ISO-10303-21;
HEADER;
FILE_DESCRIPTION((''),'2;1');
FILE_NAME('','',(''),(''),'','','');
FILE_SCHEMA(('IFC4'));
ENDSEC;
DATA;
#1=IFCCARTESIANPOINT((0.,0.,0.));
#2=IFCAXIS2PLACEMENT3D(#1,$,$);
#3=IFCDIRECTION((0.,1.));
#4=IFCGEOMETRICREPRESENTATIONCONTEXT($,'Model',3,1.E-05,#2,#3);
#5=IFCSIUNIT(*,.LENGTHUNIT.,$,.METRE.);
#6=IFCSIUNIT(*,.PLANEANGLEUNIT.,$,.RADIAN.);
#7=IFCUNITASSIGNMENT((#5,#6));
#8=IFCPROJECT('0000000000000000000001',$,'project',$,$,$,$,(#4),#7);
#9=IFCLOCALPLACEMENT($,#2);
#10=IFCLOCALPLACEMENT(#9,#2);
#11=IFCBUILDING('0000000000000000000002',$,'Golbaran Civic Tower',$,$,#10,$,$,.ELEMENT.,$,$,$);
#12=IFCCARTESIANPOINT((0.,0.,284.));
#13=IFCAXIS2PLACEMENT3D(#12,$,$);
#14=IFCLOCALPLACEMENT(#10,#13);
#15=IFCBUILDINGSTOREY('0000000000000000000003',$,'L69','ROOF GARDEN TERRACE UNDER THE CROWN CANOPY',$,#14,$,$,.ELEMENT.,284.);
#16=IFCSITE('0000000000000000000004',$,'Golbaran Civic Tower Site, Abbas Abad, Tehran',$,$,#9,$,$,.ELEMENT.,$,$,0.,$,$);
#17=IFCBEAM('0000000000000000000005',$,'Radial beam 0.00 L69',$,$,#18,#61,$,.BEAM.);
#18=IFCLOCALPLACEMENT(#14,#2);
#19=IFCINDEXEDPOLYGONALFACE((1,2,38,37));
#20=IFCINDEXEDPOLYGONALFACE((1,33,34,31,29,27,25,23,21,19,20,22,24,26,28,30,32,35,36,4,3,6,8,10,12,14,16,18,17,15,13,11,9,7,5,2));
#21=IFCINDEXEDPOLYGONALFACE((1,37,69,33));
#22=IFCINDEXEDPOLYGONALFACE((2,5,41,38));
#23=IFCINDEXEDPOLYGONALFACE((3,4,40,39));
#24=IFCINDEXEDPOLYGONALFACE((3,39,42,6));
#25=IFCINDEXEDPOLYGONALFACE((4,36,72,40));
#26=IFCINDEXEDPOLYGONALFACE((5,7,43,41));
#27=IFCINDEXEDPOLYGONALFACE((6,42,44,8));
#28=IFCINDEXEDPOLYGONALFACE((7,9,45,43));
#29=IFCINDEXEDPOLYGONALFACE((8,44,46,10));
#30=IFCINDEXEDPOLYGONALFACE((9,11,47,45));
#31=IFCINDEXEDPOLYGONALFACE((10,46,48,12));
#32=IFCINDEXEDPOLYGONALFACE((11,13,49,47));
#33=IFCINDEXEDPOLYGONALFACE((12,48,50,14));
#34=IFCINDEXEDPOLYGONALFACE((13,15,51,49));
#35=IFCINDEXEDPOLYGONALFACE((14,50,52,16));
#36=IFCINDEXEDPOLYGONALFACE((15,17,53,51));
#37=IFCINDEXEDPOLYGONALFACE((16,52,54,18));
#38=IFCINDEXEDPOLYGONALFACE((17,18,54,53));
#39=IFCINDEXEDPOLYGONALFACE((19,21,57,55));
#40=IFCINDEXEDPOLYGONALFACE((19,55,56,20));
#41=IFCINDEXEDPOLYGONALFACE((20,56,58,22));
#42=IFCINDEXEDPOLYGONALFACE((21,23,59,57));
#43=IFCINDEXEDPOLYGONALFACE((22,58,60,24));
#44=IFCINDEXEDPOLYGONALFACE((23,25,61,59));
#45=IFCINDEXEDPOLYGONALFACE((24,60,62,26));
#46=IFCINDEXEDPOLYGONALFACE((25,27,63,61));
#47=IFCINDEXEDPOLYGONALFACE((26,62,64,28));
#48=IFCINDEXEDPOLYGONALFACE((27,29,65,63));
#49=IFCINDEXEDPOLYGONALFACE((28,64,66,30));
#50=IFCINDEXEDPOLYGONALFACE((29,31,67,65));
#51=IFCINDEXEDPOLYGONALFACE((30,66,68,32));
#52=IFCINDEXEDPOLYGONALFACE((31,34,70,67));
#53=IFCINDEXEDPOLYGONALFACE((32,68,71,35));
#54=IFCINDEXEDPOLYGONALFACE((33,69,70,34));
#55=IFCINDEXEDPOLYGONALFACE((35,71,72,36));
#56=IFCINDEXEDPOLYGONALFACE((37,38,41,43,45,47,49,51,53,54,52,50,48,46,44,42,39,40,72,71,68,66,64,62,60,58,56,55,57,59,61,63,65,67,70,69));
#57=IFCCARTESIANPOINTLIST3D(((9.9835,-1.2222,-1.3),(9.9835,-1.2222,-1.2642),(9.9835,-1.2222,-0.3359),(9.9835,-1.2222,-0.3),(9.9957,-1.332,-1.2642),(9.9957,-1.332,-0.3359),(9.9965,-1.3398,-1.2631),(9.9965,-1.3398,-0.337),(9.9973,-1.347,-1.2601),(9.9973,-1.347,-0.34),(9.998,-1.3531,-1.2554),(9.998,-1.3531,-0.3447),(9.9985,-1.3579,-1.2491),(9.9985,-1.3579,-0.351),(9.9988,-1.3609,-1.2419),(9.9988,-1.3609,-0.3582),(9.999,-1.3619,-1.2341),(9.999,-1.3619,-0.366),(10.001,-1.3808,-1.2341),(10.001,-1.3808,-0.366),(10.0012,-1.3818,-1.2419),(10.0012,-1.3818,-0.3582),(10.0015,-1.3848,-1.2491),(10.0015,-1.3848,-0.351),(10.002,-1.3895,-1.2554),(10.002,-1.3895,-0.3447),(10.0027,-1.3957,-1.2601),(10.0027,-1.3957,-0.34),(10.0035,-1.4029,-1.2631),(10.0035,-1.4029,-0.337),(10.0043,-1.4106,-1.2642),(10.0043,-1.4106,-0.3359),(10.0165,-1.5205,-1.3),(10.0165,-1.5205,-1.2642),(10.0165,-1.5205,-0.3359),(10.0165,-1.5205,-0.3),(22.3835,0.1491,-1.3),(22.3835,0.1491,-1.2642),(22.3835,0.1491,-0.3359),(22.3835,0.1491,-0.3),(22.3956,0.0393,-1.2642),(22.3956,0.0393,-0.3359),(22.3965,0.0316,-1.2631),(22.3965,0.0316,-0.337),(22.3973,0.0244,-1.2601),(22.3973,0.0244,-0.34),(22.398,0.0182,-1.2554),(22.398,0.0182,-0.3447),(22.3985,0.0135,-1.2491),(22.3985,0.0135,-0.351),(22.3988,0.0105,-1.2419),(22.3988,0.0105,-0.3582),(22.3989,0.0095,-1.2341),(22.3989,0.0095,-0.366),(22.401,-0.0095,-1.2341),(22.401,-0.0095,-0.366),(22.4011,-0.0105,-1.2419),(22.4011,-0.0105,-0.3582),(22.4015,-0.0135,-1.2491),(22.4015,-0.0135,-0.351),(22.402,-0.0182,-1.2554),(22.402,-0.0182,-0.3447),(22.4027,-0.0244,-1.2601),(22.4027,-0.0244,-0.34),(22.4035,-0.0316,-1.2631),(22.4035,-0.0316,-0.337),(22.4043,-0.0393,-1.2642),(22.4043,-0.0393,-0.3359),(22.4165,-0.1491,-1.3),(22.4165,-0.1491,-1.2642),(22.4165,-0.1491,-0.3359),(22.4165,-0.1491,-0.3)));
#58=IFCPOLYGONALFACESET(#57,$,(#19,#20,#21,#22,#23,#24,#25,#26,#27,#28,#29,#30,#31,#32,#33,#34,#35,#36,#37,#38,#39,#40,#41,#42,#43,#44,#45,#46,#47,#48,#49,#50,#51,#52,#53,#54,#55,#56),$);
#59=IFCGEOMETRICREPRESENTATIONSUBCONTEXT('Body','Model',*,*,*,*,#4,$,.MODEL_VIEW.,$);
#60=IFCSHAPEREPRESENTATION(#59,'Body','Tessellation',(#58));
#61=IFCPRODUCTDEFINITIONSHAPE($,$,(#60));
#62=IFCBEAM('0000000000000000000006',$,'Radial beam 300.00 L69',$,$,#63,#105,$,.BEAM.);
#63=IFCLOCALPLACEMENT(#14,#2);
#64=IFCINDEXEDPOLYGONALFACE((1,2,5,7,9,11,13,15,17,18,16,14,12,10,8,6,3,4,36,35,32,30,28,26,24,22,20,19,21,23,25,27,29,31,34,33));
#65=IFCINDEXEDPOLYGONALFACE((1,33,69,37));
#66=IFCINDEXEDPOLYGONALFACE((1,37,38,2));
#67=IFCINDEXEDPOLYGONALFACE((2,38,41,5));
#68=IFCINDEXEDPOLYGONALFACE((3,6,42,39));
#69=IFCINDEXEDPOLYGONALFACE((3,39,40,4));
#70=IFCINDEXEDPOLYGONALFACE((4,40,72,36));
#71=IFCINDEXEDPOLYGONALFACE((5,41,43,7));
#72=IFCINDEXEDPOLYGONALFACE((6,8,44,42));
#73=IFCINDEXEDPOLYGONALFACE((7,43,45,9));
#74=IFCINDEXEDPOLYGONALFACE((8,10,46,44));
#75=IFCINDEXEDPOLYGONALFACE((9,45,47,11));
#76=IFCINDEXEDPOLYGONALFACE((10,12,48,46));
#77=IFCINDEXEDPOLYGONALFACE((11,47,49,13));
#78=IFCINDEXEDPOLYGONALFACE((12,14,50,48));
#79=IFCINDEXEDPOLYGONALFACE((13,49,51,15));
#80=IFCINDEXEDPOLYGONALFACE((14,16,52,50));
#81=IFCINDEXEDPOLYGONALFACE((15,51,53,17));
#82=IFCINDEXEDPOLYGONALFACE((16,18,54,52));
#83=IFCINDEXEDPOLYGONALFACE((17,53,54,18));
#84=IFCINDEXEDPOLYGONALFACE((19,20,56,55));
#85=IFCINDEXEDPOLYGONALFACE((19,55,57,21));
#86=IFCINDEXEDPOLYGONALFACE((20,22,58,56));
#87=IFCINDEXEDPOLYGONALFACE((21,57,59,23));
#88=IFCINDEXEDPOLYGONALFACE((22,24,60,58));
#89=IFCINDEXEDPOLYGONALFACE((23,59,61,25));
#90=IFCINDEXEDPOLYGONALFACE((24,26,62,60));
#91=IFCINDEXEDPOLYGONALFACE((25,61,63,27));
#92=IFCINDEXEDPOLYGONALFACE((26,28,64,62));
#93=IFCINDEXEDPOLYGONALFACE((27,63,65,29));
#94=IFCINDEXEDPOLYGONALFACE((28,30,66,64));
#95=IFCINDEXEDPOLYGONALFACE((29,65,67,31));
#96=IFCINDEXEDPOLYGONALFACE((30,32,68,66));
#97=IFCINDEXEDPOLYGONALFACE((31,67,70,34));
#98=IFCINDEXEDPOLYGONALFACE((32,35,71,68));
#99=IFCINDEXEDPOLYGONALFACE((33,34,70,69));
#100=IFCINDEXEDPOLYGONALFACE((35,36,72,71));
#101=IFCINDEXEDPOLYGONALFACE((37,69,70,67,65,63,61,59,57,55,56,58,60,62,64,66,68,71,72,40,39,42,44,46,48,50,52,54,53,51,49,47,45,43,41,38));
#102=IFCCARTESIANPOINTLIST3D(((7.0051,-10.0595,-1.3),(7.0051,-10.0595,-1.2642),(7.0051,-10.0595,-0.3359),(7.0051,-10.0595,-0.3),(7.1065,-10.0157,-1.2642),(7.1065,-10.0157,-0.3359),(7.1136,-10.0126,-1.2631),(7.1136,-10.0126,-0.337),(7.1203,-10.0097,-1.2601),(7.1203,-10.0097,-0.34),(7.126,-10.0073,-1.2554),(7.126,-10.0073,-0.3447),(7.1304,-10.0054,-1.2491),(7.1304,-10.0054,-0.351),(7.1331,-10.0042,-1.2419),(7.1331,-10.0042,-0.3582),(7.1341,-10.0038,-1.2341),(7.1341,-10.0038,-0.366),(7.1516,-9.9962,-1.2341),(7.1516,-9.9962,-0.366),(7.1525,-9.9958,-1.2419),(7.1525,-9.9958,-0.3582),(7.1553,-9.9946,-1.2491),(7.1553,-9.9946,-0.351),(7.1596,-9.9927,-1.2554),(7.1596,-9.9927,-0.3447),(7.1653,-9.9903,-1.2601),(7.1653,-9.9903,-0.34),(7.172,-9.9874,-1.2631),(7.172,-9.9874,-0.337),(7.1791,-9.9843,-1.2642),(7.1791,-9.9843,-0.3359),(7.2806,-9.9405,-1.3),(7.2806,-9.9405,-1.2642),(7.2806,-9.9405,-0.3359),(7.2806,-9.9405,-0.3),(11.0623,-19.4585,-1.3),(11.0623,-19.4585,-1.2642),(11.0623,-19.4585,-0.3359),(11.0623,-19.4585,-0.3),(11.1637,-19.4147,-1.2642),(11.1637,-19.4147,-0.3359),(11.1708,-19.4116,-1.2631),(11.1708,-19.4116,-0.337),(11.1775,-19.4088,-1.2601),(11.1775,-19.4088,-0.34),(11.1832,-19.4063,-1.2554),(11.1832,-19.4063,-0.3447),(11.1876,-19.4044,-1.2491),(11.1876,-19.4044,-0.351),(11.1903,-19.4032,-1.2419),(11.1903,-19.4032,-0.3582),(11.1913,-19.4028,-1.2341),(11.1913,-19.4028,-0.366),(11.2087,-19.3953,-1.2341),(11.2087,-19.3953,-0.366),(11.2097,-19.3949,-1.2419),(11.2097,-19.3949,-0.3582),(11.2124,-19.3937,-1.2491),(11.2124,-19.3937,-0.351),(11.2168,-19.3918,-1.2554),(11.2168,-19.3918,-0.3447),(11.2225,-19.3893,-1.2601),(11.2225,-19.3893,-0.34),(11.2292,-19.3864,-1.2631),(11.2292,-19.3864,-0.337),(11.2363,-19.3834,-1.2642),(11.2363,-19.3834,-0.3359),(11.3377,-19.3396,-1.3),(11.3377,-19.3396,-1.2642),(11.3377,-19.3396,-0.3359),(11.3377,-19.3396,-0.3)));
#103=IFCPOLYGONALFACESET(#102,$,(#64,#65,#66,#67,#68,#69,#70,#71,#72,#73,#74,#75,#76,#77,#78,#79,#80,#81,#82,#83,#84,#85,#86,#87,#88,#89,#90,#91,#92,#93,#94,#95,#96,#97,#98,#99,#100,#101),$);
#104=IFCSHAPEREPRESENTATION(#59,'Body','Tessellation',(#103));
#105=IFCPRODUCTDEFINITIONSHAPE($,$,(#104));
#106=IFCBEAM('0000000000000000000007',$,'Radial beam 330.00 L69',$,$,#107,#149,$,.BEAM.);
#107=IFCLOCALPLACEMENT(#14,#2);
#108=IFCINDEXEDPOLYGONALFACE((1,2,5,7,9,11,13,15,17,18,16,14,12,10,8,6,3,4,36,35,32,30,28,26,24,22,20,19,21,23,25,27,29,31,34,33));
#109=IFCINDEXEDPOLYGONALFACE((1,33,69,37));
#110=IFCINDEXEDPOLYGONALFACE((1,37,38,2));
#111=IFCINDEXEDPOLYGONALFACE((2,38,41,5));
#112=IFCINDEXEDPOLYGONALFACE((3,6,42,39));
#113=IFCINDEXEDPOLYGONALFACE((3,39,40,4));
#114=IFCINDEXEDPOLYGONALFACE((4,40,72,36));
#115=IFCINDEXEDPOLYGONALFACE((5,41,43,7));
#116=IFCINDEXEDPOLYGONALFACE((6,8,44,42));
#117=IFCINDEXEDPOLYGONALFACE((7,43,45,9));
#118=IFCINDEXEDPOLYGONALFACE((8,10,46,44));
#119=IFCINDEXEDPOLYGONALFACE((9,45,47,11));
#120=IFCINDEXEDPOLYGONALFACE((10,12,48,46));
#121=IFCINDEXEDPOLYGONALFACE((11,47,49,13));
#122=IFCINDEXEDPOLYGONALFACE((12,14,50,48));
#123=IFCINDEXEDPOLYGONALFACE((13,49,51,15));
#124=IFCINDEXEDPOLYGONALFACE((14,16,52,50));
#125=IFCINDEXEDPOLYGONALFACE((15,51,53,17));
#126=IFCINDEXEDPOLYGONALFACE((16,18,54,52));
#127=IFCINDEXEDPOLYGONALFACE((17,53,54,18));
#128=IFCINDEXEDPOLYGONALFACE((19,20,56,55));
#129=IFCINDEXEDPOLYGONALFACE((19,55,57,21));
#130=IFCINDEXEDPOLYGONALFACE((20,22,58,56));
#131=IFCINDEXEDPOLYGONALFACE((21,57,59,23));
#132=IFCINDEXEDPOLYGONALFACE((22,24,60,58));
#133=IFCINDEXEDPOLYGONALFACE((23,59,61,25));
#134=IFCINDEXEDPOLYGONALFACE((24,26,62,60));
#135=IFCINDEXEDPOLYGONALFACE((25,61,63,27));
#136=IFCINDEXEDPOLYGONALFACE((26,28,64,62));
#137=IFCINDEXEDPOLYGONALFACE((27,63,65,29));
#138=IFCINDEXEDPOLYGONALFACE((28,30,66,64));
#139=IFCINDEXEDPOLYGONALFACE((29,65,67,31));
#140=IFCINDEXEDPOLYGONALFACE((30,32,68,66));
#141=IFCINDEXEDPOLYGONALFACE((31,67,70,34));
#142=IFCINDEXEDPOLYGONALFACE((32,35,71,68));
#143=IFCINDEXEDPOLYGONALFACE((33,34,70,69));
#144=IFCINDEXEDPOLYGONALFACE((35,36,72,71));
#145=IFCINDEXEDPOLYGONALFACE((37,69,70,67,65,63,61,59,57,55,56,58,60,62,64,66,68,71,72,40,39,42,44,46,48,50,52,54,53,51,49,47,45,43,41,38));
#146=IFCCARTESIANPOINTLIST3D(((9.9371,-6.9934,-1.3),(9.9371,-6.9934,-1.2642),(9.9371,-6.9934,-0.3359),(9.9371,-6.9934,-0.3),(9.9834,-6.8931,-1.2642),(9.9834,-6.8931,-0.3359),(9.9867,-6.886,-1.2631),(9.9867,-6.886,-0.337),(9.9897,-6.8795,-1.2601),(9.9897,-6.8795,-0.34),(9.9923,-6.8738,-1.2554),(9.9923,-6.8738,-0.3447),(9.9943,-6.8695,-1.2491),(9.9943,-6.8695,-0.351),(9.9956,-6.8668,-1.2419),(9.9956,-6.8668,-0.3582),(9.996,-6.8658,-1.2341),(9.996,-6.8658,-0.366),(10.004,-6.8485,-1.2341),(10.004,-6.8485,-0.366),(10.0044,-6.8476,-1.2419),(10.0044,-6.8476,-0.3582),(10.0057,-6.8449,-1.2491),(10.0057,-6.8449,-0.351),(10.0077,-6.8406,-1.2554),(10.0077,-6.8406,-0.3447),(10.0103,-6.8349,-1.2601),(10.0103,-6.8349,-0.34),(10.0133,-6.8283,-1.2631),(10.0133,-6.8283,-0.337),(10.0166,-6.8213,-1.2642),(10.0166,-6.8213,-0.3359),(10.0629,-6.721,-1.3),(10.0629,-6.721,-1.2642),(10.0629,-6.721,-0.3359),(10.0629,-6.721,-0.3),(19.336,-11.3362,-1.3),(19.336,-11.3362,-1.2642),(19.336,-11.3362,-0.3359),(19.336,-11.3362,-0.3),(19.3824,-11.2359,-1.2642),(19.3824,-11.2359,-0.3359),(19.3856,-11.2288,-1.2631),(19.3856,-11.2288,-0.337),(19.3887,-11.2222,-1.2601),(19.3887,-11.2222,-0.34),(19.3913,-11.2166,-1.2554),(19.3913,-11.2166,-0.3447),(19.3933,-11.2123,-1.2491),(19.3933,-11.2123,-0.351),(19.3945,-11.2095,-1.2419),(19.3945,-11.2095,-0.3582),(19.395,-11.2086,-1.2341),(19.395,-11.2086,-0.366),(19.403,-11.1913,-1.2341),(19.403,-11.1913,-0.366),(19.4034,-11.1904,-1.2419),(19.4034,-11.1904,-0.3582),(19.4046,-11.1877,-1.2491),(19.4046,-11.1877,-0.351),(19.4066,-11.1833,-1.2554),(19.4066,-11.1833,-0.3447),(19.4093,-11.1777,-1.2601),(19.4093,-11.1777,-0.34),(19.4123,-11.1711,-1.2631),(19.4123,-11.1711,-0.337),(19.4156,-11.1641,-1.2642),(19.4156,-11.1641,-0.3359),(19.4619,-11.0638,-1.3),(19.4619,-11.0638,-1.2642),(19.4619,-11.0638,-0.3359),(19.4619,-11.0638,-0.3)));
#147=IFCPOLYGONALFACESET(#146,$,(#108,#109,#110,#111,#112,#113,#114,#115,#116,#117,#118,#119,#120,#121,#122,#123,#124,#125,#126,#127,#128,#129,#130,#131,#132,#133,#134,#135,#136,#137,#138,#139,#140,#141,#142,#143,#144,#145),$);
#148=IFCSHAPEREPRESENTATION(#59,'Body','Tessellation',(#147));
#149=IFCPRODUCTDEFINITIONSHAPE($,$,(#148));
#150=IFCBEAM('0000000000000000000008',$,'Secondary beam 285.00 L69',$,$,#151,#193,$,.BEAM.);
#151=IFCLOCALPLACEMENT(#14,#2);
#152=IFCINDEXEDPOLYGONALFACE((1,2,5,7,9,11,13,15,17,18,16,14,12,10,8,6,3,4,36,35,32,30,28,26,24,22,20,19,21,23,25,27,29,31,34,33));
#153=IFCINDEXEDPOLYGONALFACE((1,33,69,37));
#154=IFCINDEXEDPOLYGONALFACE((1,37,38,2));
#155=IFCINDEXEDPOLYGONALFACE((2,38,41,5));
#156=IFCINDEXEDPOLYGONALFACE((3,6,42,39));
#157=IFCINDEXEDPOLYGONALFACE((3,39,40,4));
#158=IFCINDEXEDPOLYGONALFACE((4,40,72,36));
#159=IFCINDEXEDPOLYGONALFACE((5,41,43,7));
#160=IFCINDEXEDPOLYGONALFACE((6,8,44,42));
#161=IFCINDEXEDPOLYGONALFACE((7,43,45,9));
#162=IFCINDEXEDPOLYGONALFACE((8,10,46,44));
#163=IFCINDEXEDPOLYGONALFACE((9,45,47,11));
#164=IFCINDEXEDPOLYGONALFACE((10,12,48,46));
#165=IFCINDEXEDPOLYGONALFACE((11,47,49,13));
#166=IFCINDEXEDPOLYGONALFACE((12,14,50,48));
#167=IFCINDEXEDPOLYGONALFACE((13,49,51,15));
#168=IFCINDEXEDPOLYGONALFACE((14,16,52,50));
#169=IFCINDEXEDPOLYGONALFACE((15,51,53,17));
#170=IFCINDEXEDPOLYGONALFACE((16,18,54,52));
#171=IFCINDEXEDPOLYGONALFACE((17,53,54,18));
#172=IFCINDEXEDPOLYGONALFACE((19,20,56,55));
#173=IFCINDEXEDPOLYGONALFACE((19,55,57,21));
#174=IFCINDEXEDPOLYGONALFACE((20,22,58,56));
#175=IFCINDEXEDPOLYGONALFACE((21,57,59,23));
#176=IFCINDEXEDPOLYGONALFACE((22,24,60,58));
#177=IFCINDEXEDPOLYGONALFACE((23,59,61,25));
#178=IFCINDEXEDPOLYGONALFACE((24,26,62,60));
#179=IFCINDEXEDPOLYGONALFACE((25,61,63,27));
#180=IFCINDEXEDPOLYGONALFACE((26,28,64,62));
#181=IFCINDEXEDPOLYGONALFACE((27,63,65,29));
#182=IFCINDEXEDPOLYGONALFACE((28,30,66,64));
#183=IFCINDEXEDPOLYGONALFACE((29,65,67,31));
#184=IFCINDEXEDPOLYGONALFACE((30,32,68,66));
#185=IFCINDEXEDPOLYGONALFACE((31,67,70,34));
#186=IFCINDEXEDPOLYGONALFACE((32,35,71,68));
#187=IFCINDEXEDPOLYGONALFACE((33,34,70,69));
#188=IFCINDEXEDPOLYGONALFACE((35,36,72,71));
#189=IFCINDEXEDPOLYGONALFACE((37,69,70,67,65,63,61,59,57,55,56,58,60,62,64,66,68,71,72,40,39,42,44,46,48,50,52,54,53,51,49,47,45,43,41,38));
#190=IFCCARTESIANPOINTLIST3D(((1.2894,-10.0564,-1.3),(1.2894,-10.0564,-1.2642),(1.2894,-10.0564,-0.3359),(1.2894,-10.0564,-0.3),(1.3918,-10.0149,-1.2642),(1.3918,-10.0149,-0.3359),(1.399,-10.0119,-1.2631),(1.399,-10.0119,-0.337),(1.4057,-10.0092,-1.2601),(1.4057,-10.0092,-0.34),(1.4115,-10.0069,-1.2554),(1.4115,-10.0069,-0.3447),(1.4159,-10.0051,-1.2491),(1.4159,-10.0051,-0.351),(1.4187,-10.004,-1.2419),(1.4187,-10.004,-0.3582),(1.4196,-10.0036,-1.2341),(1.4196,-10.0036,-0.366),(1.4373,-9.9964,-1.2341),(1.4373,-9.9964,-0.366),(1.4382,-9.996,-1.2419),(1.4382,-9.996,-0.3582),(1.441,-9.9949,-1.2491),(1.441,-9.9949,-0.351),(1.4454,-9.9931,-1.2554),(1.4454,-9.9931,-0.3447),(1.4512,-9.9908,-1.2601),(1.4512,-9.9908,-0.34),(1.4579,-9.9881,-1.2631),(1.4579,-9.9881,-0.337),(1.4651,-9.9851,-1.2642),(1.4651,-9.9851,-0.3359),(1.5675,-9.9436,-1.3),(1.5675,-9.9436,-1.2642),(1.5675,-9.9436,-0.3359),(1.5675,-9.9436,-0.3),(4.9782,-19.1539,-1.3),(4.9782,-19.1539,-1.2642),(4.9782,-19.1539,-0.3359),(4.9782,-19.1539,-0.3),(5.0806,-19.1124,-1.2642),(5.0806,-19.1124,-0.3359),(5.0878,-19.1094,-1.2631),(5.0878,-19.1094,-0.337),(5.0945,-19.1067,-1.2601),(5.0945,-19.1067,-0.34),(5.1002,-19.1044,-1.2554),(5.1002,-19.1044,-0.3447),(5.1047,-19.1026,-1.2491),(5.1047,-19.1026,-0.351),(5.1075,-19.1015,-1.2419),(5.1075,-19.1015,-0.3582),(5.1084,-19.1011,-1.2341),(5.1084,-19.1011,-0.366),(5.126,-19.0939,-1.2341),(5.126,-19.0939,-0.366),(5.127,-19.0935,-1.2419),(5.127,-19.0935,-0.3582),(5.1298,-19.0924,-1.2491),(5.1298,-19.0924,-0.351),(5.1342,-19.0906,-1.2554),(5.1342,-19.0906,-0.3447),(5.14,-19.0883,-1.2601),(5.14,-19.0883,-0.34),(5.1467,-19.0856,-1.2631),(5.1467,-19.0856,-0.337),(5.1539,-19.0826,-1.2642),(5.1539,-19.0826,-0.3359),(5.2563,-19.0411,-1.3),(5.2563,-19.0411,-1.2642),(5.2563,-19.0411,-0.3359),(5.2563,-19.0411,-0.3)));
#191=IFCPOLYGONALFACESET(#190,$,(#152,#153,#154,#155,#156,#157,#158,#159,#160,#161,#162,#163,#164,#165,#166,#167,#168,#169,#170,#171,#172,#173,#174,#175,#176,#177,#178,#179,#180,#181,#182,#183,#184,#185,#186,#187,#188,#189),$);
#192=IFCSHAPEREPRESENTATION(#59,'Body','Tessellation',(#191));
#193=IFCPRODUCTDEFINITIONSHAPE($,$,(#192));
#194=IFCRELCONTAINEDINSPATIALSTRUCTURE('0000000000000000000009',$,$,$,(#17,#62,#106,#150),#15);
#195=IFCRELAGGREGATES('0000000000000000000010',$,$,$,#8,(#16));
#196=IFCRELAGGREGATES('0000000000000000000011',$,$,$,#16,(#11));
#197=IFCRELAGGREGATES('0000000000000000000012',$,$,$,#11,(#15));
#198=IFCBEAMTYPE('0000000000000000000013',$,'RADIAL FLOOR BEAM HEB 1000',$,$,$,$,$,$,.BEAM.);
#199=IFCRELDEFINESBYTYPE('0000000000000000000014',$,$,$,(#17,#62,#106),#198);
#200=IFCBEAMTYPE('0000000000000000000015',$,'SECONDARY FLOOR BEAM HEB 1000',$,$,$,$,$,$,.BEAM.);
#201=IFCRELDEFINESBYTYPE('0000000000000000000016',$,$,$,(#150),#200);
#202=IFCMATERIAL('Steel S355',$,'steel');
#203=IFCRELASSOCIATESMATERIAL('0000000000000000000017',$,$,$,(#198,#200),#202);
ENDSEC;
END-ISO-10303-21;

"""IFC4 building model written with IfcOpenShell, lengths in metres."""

from ifc_helpers import new_model, si_unit, direction, frame, origin, origin_2d, place, context, subcontext, project, spatial, i_section, extrude, material, material_profile, profile_set, type_object, element, save


model = new_model("IFC4")

# Units and contexts
model_context = context("Model", 3, precision=1e-05, world=origin(), true_north=direction((0.0, 1.0)))
body_context = subcontext(model_context, "Body", "Model", "MODEL_VIEW")
ifc_project = project(units=[si_unit("LENGTHUNIT", "METRE"), si_unit("PLANEANGLEUNIT", "RADIAN")], contexts=[model_context])

# Site, building, storey
site_placement = place(None, origin())
site = spatial("IfcSite", under=ifc_project, at=site_placement, Name="Golbaran Civic Tower Site, Abbas Abad, Tehran", CompositionType="ELEMENT", RefElevation=0.0)
building_placement = place(site_placement, origin())
building = spatial("IfcBuilding", under=site, at=building_placement, Name="Golbaran Civic Tower", CompositionType="ELEMENT")
storey_placement = place(building_placement, frame((0.0, 0.0, 284.0)))
storey = spatial("IfcBuildingStorey", under=building, at=storey_placement, Name="L69", Description="ROOF GARDEN TERRACE UNDER THE CROWN CANOPY", CompositionType="ELEMENT", Elevation=284.0)

# Shared definitions
ifc_material_1 = material(Name="Steel S355", Category="steel")

# Beams
ifc_material_profile_1 = material_profile(ifc_material_1, i_section(OverallWidth=0.3, OverallDepth=1.0, WebThickness=0.019, FlangeThickness=0.0359, FilletRadius=0.03, at=origin_2d()), Name="HEB 1000")
ifc_profile_set_1 = profile_set([ifc_material_profile_1], Name="Steel S355")
beam_type_1 = type_object("IfcBeamType", Name="RADIAL FLOOR BEAM HEB 1000", PredefinedType="BEAM", material=ifc_profile_set_1)
beam_1_placement = place(storey_placement, frame((10.0, -1.3713, -0.8), z_axis=(0.99394, 0.109922, 0.0), x_axis=(-0.109922, 0.99394, 0.0)))
element("IfcBeam", 1, at=beam_1_placement, inside=storey, type_object=beam_type_1, Name="Radial beam 0.00 L69", PredefinedType="BEAM", context=body_context, shape_type="SweptSolid", body=[
    extrude(i_section(OverallWidth=0.3, OverallDepth=1.0, WebThickness=0.019, FlangeThickness=0.0359, FilletRadius=0.03, at=origin_2d()), origin(), (0.0, 0.0, 1.0), 12.4756),
])
beam_2_placement = place(storey_placement, frame((7.1428, -10.0, -0.8), z_axis=(0.396313, -0.918116, 0.0), x_axis=(0.918116, 0.396313, 0.0)))
element("IfcBeam", 2, at=beam_2_placement, inside=storey, type_object=beam_type_1, Name="Radial beam 300.00 L69", PredefinedType="BEAM", context=body_context, shape_type="SweptSolid", body=[
    extrude(i_section(OverallWidth=0.3, OverallDepth=1.0, WebThickness=0.019, FlangeThickness=0.0359, FilletRadius=0.03, at=origin_2d()), origin(), (0.0, 0.0, 1.0), 10.2373),
])
beam_3_placement = place(storey_placement, frame((10.0, -6.8572, -0.8), z_axis=(0.907783, -0.419441, 0.0), x_axis=(0.419441, 0.907783, 0.0)))
element("IfcBeam", 3, at=beam_3_placement, inside=storey, type_object=beam_type_1, Name="Radial beam 330.00 L69", PredefinedType="BEAM", context=body_context, shape_type="SweptSolid", body=[
    extrude(i_section(OverallWidth=0.3, OverallDepth=1.0, WebThickness=0.019, FlangeThickness=0.0359, FilletRadius=0.03, at=origin_2d()), origin(), (0.0, 0.0, 1.0), 10.3538),
])
ifc_material_profile_2 = material_profile(ifc_material_1, i_section(OverallWidth=0.3, OverallDepth=1.0, WebThickness=0.019, FlangeThickness=0.0359, FilletRadius=0.03, at=origin_2d()), Name="HEB 1000")
ifc_profile_set_2 = profile_set([ifc_material_profile_2], Name="Steel S355")
beam_type_2 = type_object("IfcBeamType", Name="SECONDARY FLOOR BEAM HEB 1000", PredefinedType="BEAM", material=ifc_profile_set_2)
beam_4_placement = place(storey_placement, frame((1.4285, -10.0, -0.8), z_axis=(0.375756, -0.926719, 0.0), x_axis=(0.926719, 0.375756, 0.0)))
element("IfcBeam", 4, at=beam_4_placement, inside=storey, type_object=beam_type_2, Name="Secondary beam 285.00 L69", PredefinedType="BEAM", context=body_context, shape_type="SweptSolid", body=[
    extrude(i_section(OverallWidth=0.3, OverallDepth=1.0, WebThickness=0.019, FlangeThickness=0.0359, FilletRadius=0.03, at=origin_2d()), origin(), (0.0, 0.0, 1.0), 9.8169),
])

save(model, "model.ifc")
